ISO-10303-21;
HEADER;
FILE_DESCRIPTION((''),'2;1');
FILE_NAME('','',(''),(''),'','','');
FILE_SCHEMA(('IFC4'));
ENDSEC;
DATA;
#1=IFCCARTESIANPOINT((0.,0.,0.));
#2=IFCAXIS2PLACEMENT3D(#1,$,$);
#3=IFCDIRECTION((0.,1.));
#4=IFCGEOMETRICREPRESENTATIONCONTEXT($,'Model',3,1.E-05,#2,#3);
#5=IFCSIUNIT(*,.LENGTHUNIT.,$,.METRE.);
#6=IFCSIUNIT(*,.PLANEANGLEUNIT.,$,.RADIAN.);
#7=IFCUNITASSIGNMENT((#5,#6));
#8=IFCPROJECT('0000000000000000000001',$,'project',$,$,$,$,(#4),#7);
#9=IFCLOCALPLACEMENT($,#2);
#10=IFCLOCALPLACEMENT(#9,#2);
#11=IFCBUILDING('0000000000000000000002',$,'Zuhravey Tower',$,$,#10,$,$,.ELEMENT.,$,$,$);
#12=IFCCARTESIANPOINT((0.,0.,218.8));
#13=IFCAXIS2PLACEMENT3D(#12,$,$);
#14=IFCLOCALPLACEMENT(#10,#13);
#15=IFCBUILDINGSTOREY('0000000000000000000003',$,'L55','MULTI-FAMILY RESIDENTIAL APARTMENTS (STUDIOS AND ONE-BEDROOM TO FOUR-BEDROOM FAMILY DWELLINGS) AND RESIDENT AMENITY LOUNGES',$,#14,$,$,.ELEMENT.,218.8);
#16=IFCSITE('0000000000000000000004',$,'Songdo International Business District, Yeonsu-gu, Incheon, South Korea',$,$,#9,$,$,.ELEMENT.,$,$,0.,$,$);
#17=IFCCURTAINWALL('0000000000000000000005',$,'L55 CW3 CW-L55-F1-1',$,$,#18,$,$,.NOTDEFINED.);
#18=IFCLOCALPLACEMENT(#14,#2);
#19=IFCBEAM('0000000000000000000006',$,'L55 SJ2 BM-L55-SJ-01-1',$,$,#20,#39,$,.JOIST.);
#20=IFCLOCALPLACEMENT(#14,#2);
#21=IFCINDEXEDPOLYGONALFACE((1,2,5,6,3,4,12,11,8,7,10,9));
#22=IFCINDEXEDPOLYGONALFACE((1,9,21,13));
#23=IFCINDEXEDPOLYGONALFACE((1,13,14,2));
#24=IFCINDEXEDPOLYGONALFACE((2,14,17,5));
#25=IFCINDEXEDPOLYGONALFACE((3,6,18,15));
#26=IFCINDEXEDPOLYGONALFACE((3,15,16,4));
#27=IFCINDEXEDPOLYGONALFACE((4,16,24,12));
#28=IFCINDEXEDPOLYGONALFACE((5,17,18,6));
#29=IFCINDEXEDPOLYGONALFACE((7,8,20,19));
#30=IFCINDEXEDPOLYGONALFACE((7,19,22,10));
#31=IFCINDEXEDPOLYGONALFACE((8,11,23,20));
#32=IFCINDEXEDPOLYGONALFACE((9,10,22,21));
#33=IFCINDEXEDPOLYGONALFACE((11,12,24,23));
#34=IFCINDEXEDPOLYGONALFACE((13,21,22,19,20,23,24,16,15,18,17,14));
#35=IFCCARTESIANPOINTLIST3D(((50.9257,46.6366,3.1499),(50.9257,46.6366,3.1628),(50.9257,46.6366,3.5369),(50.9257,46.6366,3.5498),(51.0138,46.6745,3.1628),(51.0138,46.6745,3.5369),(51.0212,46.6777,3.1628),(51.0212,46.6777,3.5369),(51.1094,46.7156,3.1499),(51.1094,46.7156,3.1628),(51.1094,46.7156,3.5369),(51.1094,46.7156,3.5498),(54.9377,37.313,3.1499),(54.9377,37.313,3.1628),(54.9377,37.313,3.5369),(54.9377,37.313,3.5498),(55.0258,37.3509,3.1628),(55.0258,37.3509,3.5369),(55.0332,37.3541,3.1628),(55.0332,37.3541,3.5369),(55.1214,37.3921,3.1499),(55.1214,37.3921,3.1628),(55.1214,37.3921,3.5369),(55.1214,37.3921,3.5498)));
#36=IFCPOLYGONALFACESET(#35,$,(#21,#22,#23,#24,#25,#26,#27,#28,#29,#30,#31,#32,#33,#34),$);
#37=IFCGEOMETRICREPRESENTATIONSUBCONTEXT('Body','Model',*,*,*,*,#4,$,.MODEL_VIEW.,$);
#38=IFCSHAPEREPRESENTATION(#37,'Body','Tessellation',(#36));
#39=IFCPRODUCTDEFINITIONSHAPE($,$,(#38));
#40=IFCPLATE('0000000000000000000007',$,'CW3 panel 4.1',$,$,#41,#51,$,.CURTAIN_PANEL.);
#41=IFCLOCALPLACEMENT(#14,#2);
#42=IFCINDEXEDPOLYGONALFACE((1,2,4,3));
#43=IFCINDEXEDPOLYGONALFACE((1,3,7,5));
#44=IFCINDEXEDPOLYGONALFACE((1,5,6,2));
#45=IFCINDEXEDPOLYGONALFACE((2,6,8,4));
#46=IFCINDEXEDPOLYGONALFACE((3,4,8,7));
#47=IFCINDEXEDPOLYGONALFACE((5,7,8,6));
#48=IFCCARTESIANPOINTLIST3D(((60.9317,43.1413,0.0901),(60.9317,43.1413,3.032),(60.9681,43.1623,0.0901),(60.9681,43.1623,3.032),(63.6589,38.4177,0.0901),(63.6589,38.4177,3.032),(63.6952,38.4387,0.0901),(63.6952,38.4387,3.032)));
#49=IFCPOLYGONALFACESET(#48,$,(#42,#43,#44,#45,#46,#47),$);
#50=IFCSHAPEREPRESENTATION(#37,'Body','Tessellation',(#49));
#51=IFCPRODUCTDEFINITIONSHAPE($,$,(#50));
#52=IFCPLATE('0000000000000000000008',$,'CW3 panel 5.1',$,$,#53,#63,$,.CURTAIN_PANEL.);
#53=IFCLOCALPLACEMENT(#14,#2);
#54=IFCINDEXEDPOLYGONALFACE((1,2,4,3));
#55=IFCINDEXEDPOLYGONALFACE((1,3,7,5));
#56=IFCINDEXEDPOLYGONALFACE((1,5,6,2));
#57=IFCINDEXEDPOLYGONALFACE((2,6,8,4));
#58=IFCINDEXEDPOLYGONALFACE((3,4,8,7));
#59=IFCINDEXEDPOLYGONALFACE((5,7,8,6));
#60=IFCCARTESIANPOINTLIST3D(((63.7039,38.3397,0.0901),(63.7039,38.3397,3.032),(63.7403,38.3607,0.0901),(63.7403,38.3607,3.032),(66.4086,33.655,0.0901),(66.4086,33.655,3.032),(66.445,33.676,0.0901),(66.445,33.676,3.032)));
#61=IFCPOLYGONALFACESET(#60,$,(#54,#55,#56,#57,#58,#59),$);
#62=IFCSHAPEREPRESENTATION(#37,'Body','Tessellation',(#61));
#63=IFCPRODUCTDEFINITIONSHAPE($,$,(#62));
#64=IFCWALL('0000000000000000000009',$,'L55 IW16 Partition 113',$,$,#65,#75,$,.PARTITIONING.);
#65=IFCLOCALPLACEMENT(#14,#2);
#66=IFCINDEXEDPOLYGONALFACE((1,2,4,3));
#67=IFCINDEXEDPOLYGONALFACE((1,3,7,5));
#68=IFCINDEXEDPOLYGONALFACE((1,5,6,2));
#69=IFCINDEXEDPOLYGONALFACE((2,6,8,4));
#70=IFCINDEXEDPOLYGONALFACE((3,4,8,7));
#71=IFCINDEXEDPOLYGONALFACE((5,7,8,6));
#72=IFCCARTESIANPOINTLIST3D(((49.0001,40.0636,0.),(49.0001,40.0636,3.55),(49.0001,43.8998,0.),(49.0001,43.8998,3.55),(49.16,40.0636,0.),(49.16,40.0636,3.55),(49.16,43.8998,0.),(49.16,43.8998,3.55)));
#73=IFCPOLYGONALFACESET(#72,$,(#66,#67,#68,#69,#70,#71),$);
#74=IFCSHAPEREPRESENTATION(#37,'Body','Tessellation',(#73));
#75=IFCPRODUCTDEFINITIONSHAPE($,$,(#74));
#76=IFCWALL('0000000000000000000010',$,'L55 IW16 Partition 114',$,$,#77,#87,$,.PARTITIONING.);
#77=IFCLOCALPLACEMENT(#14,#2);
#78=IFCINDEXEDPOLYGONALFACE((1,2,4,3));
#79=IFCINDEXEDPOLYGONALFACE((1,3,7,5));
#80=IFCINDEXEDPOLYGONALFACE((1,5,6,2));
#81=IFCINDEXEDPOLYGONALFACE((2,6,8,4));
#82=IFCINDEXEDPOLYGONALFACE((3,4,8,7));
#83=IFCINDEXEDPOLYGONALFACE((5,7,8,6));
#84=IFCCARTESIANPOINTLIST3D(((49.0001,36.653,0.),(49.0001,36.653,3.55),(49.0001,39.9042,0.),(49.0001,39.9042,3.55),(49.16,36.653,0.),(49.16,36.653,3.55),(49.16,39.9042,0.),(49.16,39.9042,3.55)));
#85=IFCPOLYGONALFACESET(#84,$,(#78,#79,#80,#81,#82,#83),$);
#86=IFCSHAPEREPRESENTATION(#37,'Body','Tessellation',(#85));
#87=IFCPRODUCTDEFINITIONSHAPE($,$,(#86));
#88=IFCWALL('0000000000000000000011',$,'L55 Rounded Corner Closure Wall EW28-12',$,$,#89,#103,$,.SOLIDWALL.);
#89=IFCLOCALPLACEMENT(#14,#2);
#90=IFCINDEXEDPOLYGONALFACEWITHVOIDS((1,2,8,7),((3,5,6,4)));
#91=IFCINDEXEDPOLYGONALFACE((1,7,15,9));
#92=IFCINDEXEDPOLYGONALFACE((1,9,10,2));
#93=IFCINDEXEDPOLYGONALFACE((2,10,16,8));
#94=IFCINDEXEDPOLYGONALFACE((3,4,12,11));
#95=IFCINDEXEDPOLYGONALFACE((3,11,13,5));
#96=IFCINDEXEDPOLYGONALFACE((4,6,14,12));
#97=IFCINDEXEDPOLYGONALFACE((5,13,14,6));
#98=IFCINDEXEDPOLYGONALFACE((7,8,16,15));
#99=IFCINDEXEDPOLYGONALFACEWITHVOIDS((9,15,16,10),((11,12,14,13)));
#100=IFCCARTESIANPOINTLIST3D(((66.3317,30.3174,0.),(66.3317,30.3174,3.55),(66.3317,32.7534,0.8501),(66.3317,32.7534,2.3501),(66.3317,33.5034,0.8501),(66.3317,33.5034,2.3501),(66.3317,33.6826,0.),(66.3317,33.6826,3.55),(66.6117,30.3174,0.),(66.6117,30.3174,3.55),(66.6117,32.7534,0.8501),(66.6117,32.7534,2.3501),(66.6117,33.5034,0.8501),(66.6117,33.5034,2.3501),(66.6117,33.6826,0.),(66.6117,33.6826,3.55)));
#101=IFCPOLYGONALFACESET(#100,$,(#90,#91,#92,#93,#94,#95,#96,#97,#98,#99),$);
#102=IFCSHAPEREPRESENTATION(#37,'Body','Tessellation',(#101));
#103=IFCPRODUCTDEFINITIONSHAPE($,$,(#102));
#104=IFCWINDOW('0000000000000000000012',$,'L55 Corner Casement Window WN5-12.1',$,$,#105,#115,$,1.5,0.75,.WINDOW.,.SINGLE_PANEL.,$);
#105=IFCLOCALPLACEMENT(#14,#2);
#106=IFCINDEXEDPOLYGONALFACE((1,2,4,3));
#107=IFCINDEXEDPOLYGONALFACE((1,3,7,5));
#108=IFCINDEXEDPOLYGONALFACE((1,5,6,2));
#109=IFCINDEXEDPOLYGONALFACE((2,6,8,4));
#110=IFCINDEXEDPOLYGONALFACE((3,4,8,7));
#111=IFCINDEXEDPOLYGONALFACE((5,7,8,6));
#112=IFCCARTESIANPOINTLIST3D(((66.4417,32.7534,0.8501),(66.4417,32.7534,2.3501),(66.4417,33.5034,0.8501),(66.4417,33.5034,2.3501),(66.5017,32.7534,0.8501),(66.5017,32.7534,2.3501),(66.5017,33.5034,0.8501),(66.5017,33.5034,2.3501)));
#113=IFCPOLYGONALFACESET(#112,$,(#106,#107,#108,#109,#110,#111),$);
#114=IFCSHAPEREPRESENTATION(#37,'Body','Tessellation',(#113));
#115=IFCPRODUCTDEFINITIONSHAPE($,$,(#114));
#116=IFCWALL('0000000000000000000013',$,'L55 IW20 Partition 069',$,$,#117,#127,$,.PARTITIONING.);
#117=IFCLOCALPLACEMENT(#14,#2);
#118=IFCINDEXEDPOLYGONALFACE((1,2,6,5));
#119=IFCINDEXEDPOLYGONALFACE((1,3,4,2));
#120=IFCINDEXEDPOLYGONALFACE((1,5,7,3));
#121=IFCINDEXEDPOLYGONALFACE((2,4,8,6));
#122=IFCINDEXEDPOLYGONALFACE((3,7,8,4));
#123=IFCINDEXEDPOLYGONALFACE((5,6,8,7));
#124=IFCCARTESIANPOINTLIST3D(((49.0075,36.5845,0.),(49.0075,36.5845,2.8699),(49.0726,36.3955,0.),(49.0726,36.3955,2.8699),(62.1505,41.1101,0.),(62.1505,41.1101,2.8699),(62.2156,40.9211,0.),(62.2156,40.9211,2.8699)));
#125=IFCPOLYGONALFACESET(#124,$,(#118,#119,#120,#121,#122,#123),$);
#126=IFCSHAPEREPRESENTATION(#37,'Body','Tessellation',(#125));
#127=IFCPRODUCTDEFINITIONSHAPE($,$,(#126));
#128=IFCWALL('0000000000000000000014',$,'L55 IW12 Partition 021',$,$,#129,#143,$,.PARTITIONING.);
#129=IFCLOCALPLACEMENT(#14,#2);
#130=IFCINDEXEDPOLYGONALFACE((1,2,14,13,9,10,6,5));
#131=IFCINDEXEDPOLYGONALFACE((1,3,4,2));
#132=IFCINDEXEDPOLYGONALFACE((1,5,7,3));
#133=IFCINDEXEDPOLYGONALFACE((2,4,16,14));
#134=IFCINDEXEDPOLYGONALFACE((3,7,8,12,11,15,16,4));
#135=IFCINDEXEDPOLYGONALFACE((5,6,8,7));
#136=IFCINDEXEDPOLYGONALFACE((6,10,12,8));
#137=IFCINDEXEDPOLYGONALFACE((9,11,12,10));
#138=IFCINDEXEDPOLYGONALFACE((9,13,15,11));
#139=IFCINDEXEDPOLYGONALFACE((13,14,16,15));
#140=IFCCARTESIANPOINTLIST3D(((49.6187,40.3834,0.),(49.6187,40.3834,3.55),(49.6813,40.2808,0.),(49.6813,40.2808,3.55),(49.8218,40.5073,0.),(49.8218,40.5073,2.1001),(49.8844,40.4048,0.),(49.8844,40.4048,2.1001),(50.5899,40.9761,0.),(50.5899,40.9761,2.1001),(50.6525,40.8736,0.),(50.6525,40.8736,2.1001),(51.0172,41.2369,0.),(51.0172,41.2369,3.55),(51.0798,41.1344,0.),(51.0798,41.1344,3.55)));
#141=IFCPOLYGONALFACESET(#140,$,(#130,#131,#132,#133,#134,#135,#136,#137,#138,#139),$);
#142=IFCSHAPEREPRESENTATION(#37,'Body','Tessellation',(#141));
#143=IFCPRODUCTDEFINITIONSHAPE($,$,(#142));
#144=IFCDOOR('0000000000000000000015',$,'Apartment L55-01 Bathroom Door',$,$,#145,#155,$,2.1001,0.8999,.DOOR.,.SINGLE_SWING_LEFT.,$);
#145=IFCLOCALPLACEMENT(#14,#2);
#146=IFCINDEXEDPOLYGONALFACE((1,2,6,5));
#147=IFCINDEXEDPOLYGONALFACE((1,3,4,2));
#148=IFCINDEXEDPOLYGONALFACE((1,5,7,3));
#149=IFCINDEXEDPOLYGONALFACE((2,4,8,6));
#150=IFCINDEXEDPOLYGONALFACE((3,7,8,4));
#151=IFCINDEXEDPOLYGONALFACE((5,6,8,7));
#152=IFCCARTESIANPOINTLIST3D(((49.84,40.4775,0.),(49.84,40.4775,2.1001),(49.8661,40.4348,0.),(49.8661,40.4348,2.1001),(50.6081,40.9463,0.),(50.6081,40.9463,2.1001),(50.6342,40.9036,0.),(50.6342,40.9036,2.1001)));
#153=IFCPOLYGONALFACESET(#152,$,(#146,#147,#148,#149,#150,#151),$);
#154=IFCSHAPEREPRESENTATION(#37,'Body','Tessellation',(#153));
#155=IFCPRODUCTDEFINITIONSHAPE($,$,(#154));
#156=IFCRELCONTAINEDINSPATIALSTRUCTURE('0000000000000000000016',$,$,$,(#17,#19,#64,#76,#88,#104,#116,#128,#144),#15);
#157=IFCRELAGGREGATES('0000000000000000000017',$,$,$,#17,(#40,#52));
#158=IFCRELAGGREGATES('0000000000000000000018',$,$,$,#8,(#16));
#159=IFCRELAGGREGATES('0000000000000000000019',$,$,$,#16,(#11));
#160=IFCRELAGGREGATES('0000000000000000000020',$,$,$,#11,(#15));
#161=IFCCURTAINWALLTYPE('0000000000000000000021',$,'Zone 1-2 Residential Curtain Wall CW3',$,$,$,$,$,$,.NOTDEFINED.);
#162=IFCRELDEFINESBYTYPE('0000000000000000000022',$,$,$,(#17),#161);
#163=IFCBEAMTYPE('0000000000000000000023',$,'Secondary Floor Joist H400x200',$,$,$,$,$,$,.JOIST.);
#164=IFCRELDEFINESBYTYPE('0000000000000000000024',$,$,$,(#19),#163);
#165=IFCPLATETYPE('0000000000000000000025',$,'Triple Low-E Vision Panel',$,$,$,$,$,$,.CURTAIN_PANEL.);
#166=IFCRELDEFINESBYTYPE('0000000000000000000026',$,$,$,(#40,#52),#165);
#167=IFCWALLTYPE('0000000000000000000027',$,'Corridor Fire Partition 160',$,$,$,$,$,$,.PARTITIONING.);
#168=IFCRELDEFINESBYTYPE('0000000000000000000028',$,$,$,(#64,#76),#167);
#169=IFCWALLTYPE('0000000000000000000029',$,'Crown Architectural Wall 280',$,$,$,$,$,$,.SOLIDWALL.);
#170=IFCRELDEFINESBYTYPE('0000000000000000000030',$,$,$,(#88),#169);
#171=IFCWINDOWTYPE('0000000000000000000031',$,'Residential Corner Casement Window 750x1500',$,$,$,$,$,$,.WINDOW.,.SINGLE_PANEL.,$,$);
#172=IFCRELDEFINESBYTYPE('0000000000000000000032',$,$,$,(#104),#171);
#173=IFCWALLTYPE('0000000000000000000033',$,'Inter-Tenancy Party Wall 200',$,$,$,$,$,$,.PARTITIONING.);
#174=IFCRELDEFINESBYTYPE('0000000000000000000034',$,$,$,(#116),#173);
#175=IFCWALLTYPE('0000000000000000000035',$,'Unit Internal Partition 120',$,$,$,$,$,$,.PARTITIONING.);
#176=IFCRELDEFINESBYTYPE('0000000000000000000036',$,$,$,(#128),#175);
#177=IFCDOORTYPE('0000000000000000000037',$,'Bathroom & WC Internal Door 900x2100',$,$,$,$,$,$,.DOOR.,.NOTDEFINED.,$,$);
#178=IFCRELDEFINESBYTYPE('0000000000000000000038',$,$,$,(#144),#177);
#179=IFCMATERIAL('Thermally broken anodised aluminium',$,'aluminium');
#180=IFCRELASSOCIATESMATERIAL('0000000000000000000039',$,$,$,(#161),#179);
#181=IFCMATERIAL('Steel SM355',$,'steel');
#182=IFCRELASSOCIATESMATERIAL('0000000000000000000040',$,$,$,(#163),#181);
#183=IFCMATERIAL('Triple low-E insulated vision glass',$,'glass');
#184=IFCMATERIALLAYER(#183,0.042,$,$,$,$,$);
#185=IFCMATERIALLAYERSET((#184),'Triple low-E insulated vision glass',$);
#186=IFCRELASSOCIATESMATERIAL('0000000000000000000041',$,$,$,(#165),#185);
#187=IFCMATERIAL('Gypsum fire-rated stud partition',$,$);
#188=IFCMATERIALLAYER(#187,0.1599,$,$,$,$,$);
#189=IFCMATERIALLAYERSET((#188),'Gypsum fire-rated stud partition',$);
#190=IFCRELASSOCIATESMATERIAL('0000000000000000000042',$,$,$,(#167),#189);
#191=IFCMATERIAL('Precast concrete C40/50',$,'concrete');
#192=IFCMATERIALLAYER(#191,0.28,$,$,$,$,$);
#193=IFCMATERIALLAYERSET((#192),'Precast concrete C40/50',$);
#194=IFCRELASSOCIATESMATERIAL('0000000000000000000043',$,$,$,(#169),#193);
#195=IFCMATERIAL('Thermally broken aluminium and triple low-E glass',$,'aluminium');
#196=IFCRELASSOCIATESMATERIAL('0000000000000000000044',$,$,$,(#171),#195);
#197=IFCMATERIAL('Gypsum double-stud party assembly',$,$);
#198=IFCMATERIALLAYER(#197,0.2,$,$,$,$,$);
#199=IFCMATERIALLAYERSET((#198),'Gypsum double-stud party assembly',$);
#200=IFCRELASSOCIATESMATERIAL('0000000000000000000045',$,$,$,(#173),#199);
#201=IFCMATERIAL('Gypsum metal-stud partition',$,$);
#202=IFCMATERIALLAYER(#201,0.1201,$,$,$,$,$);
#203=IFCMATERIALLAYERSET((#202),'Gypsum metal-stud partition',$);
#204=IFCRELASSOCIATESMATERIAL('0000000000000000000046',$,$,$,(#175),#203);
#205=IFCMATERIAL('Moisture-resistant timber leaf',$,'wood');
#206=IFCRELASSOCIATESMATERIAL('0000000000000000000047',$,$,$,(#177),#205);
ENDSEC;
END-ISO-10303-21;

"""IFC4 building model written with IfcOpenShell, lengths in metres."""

from ifc_helpers import new_model, si_unit, direction, frame, frame_2d, origin, origin_2d, place, context, subcontext, project, spatial, rectangle, i_section, extrude, material, layer, layer_set, material_profile, profile_set, type_object, element, fill, aggregate, save


model = new_model("IFC4")

# Units and contexts
model_context = context("Model", 3, precision=1e-05, world=origin(), true_north=direction((0.0, 1.0)))
body_context = subcontext(model_context, "Body", "Model", "MODEL_VIEW")
ifc_project = project(units=[si_unit("LENGTHUNIT", "METRE"), si_unit("PLANEANGLEUNIT", "RADIAN")], contexts=[model_context])

# Site, building, storey
site_placement = place(None, origin())
site = spatial("IfcSite", under=ifc_project, at=site_placement, Name="Songdo International Business District, Yeonsu-gu, Incheon, South Korea", CompositionType="ELEMENT", RefElevation=0.0)
building_placement = place(site_placement, origin())
building = spatial("IfcBuilding", under=site, at=building_placement, Name="Zuhravey Tower", CompositionType="ELEMENT")
storey_placement = place(building_placement, frame((0.0, 0.0, 218.8)))
storey = spatial("IfcBuildingStorey", under=building, at=storey_placement, Name="L55", Description="MULTI-FAMILY RESIDENTIAL APARTMENTS (STUDIOS AND ONE-BEDROOM TO FOUR-BEDROOM FAMILY DWELLINGS) AND RESIDENT AMENITY LOUNGES", CompositionType="ELEMENT", Elevation=218.8)

# Curtain wall
ifc_material_1 = material(Name="Thermally broken anodised aluminium", Category="aluminium")
curtain_wall_type = type_object("IfcCurtainWallType", Name="Zone 1-2 Residential Curtain Wall CW3", PredefinedType="NOTDEFINED", material=ifc_material_1)
curtain_wall_placement = place(storey_placement, origin())
curtain_wall = element("IfcCurtainWall", 1, at=curtain_wall_placement, inside=storey, type_object=curtain_wall_type, Name="L55 CW3 CW-L55-F1-1", PredefinedType="NOTDEFINED")

# Beam
ifc_material_2 = material(Name="Steel SM355", Category="steel")
ifc_material_profile_1 = material_profile(ifc_material_2, i_section(OverallWidth=0.2, OverallDepth=0.3999, WebThickness=0.0081, FlangeThickness=0.0129, at=origin_2d()), Name="H-400x200x8x13")
ifc_profile_set_1 = profile_set([ifc_material_profile_1], Name="Steel SM355")
beam_type_1 = type_object("IfcBeamType", Name="Secondary Floor Joist H400x200", PredefinedType="JOIST", material=ifc_profile_set_1)
beam_1_placement = place(storey_placement, frame((55.0295, 37.3525, 3.3499), z_axis=(-0.395266, 0.918567, 0.0), x_axis=(-0.918567, -0.395266, 0.0)))
element("IfcBeam", 2, at=beam_1_placement, inside=storey, type_object=beam_type_1, Name="L55 SJ2 BM-L55-SJ-01-1", PredefinedType="JOIST", context=body_context, shape_type="SweptSolid", body=[
    extrude(i_section(OverallWidth=0.2, OverallDepth=0.3999, WebThickness=0.0081, FlangeThickness=0.0129, at=origin_2d()), origin(), (0.0, 0.0, 1.0), 10.1501),
])

# Plates
ifc_material_3 = material(Name="Triple low-E insulated vision glass", Category="glass")
ifc_layer_1 = layer(ifc_material_3, 0.042)
ifc_layer_set_1 = layer_set([ifc_layer_1], Name="Triple low-E insulated vision glass")
plate_type = type_object("IfcPlateType", Name="Triple Low-E Vision Panel", PredefinedType="CURTAIN_PANEL", material=ifc_layer_set_1)
plate_1_placement = place(storey_placement, frame((62.3135, 40.79, 0.0901), z_axis=(0.0, 0.0, 1.0), x_axis=(0.5, -0.866025, 0.0)))
plate_1 = element("IfcPlate", 3, at=plate_1_placement, type_object=plate_type, Name="CW3 panel 4.1", PredefinedType="CURTAIN_PANEL", context=body_context, shape_type="SweptSolid", body=[
    extrude(rectangle(XDim=5.4543, YDim=0.042, at=origin_2d()), origin(), (0.0, 0.0, 1.0), 2.9419),
])
plate_2_placement = place(storey_placement, frame((65.0745, 36.0078, 0.0901), z_axis=(0.0, 0.0, 1.0), x_axis=(0.5, -0.866025, 0.0)))
plate_2 = element("IfcPlate", 4, at=plate_2_placement, type_object=plate_type, Name="CW3 panel 5.1", PredefinedType="CURTAIN_PANEL", context=body_context, shape_type="SweptSolid", body=[
    extrude(rectangle(XDim=5.4094, YDim=0.042, at=origin_2d()), origin(), (0.0, 0.0, 1.0), 2.9419),
])
aggregate(curtain_wall, [plate_1, plate_2])

# Walls
ifc_material_4 = material(Name="Gypsum fire-rated stud partition")
ifc_layer_2 = layer(ifc_material_4, 0.1599)
ifc_layer_set_2 = layer_set([ifc_layer_2], Name="Gypsum fire-rated stud partition")
wall_type_1 = type_object("IfcWallType", Name="Corridor Fire Partition 160", PredefinedType="PARTITIONING", material=ifc_layer_set_2)
wall_1_placement = place(storey_placement, frame((49.0801, 40.0637, 0.0), z_axis=(0.0, 0.0, 1.0), x_axis=(0.0, 1.0, 0.0)))
element("IfcWall", 5, at=wall_1_placement, inside=storey, type_object=wall_type_1, Name="L55 IW16 Partition 113", PredefinedType="PARTITIONING", context=body_context, shape_type="SweptSolid", body=[
    extrude(rectangle(XDim=3.8362, YDim=0.1599, at=frame_2d((1.918, 0.0))), origin(), (0.0, 0.0, 1.0), 3.55),
])
wall_2_placement = place(storey_placement, frame((49.0801, 36.6531, 0.0), z_axis=(0.0, 0.0, 1.0), x_axis=(0.0, 1.0, 0.0)))
element("IfcWall", 6, at=wall_2_placement, inside=storey, type_object=wall_type_1, Name="L55 IW16 Partition 114", PredefinedType="PARTITIONING", context=body_context, shape_type="SweptSolid", body=[
    extrude(rectangle(XDim=3.2512, YDim=0.1599, at=frame_2d((1.6255, 0.0))), origin(), (0.0, 0.0, 1.0), 3.55),
])

# Wall, opening, window
ifc_material_5 = material(Name="Precast concrete C40/50", Category="concrete")
ifc_layer_3 = layer(ifc_material_5, 0.28)
ifc_layer_set_3 = layer_set([ifc_layer_3], Name="Precast concrete C40/50")
wall_type_2 = type_object("IfcWallType", Name="Crown Architectural Wall 280", PredefinedType="SOLIDWALL", material=ifc_layer_set_3)
wall_3_placement = place(storey_placement, frame((66.4717, 33.6826, 0.0), z_axis=(0.0, 0.0, 1.0), x_axis=(0.0, -1.0, 0.0)))
wall_3 = element("IfcWall", 7, at=wall_3_placement, inside=storey, type_object=wall_type_2, Name="L55 Rounded Corner Closure Wall EW28-12", PredefinedType="SOLIDWALL", context=body_context, shape_type="SweptSolid", body=[
    extrude(rectangle(XDim=3.3652, YDim=0.28, at=frame_2d((1.6826, 0.0))), origin(), (0.0, 0.0, 1.0), 3.55),
])
opening_1_placement = place(wall_3_placement, frame((0.1792, 0.0, 0.8501)))
opening_1 = element("IfcOpeningElement", 8, at=opening_1_placement, cuts=wall_3, PredefinedType="OPENING", context=body_context, shape_type="SweptSolid", body=[
    extrude(rectangle(XDim=0.75, YDim=1.5, at=frame_2d((0.375, 0.75))), frame((0.0, 0.1521, 0.0), z_axis=(0.0, -1.0, 0.0), x_axis=(1.0, 0.0, 0.0)), (0.0, 0.0, 1.0), 0.304),
])
ifc_material_6 = material(Name="Thermally broken aluminium and triple low-E glass", Category="aluminium")
window_type = type_object("IfcWindowType", Name="Residential Corner Casement Window 750x1500", PartitioningType="SINGLE_PANEL", PredefinedType="WINDOW", material=ifc_material_6)
window_placement = place(opening_1_placement, origin())
window = element("IfcWindow", 9, at=window_placement, inside=storey, type_object=window_type, Name="L55 Corner Casement Window WN5-12.1", OverallHeight=1.5, OverallWidth=0.75, PartitioningType="SINGLE_PANEL", PredefinedType="WINDOW", context=body_context, shape_type="SweptSolid", body=[
    extrude(rectangle(XDim=0.75, YDim=1.5, at=frame_2d((0.375, 0.75))), frame((0.0, 0.03, 0.0), z_axis=(0.0, -1.0, 0.0), x_axis=(1.0, 0.0, 0.0)), (0.0, 0.0, 1.0), 0.0601),
])
fill(opening_1, window)

# Wall
ifc_material_7 = material(Name="Gypsum double-stud party assembly")
ifc_layer_4 = layer(ifc_material_7, 0.2)
ifc_layer_set_4 = layer_set([ifc_layer_4], Name="Gypsum double-stud party assembly")
wall_type_3 = type_object("IfcWallType", Name="Inter-Tenancy Party Wall 200", PredefinedType="PARTITIONING", material=ifc_layer_set_4)
wall_4_placement = place(storey_placement, frame((49.04, 36.49, 0.0), z_axis=(0.0, 0.0, 1.0), x_axis=(0.945516, 0.325575, 0.0)))
element("IfcWall", 10, at=wall_4_placement, inside=storey, type_object=wall_type_3, Name="L55 IW20 Partition 069", PredefinedType="PARTITIONING", context=body_context, shape_type="SweptSolid", body=[
    extrude(rectangle(XDim=13.9004, YDim=0.2, at=frame_2d((6.9502, 0.0))), origin(), (0.0, 0.0, 1.0), 2.8699),
])

# Wall, opening, door
ifc_material_8 = material(Name="Gypsum metal-stud partition")
ifc_layer_5 = layer(ifc_material_8, 0.1201)
ifc_layer_set_5 = layer_set([ifc_layer_5], Name="Gypsum metal-stud partition")
wall_type_4 = type_object("IfcWallType", Name="Unit Internal Partition 120", PredefinedType="PARTITIONING", material=ifc_layer_set_5)
wall_5_placement = place(storey_placement, frame((49.6499, 40.332, 0.0), z_axis=(0.0, 0.0, 1.0), x_axis=(0.853576, 0.520968, 0.0)))
wall_5 = element("IfcWall", 11, at=wall_5_placement, inside=storey, type_object=wall_type_4, Name="L55 IW12 Partition 021", PredefinedType="PARTITIONING", context=body_context, shape_type="SweptSolid", body=[
    extrude(rectangle(XDim=1.6384, YDim=0.1201, at=frame_2d((0.8193, 0.0))), origin(), (0.0, 0.0, 1.0), 3.55),
])
opening_2_placement = place(wall_5_placement, frame((0.238, 0.0, 0.0)))
opening_2 = element("IfcOpeningElement", 12, at=opening_2_placement, cuts=wall_5, PredefinedType="OPENING", context=body_context, shape_type="SweptSolid", body=[
    extrude(rectangle(XDim=0.8999, YDim=2.1001, at=frame_2d((0.45, 1.05))), frame((0.0, 0.072, 0.0), z_axis=(0.0, -1.0, 0.0), x_axis=(1.0, 0.0, 0.0)), (0.0, 0.0, 1.0), 0.144),
])
ifc_material_9 = material(Name="Moisture-resistant timber leaf", Category="wood")
door_type_1 = type_object("IfcDoorType", Name="Bathroom & WC Internal Door 900x2100", OperationType="NOTDEFINED", PredefinedType="DOOR", material=ifc_material_9)
door_1_placement = place(opening_2_placement, frame((0.8999, 0.0, 0.0), z_axis=(0.0, 0.0, 1.0), x_axis=(-1.0, 0.0, 0.0)))
door_1 = element("IfcDoor", 13, at=door_1_placement, inside=storey, type_object=door_type_1, Name="Apartment L55-01 Bathroom Door", OperationType="SINGLE_SWING_LEFT", OverallHeight=2.1001, OverallWidth=0.8999, PredefinedType="DOOR", context=body_context, shape_type="SweptSolid", body=[
    extrude(rectangle(XDim=0.8999, YDim=2.1001, at=frame_2d((0.45, 1.05))), frame((0.0, 0.0249, 0.0), z_axis=(0.0, -1.0, 0.0), x_axis=(1.0, 0.0, 0.0)), (0.0, 0.0, 1.0), 0.05),
])
fill(opening_2, door_1)

save(model, "model.ifc")
